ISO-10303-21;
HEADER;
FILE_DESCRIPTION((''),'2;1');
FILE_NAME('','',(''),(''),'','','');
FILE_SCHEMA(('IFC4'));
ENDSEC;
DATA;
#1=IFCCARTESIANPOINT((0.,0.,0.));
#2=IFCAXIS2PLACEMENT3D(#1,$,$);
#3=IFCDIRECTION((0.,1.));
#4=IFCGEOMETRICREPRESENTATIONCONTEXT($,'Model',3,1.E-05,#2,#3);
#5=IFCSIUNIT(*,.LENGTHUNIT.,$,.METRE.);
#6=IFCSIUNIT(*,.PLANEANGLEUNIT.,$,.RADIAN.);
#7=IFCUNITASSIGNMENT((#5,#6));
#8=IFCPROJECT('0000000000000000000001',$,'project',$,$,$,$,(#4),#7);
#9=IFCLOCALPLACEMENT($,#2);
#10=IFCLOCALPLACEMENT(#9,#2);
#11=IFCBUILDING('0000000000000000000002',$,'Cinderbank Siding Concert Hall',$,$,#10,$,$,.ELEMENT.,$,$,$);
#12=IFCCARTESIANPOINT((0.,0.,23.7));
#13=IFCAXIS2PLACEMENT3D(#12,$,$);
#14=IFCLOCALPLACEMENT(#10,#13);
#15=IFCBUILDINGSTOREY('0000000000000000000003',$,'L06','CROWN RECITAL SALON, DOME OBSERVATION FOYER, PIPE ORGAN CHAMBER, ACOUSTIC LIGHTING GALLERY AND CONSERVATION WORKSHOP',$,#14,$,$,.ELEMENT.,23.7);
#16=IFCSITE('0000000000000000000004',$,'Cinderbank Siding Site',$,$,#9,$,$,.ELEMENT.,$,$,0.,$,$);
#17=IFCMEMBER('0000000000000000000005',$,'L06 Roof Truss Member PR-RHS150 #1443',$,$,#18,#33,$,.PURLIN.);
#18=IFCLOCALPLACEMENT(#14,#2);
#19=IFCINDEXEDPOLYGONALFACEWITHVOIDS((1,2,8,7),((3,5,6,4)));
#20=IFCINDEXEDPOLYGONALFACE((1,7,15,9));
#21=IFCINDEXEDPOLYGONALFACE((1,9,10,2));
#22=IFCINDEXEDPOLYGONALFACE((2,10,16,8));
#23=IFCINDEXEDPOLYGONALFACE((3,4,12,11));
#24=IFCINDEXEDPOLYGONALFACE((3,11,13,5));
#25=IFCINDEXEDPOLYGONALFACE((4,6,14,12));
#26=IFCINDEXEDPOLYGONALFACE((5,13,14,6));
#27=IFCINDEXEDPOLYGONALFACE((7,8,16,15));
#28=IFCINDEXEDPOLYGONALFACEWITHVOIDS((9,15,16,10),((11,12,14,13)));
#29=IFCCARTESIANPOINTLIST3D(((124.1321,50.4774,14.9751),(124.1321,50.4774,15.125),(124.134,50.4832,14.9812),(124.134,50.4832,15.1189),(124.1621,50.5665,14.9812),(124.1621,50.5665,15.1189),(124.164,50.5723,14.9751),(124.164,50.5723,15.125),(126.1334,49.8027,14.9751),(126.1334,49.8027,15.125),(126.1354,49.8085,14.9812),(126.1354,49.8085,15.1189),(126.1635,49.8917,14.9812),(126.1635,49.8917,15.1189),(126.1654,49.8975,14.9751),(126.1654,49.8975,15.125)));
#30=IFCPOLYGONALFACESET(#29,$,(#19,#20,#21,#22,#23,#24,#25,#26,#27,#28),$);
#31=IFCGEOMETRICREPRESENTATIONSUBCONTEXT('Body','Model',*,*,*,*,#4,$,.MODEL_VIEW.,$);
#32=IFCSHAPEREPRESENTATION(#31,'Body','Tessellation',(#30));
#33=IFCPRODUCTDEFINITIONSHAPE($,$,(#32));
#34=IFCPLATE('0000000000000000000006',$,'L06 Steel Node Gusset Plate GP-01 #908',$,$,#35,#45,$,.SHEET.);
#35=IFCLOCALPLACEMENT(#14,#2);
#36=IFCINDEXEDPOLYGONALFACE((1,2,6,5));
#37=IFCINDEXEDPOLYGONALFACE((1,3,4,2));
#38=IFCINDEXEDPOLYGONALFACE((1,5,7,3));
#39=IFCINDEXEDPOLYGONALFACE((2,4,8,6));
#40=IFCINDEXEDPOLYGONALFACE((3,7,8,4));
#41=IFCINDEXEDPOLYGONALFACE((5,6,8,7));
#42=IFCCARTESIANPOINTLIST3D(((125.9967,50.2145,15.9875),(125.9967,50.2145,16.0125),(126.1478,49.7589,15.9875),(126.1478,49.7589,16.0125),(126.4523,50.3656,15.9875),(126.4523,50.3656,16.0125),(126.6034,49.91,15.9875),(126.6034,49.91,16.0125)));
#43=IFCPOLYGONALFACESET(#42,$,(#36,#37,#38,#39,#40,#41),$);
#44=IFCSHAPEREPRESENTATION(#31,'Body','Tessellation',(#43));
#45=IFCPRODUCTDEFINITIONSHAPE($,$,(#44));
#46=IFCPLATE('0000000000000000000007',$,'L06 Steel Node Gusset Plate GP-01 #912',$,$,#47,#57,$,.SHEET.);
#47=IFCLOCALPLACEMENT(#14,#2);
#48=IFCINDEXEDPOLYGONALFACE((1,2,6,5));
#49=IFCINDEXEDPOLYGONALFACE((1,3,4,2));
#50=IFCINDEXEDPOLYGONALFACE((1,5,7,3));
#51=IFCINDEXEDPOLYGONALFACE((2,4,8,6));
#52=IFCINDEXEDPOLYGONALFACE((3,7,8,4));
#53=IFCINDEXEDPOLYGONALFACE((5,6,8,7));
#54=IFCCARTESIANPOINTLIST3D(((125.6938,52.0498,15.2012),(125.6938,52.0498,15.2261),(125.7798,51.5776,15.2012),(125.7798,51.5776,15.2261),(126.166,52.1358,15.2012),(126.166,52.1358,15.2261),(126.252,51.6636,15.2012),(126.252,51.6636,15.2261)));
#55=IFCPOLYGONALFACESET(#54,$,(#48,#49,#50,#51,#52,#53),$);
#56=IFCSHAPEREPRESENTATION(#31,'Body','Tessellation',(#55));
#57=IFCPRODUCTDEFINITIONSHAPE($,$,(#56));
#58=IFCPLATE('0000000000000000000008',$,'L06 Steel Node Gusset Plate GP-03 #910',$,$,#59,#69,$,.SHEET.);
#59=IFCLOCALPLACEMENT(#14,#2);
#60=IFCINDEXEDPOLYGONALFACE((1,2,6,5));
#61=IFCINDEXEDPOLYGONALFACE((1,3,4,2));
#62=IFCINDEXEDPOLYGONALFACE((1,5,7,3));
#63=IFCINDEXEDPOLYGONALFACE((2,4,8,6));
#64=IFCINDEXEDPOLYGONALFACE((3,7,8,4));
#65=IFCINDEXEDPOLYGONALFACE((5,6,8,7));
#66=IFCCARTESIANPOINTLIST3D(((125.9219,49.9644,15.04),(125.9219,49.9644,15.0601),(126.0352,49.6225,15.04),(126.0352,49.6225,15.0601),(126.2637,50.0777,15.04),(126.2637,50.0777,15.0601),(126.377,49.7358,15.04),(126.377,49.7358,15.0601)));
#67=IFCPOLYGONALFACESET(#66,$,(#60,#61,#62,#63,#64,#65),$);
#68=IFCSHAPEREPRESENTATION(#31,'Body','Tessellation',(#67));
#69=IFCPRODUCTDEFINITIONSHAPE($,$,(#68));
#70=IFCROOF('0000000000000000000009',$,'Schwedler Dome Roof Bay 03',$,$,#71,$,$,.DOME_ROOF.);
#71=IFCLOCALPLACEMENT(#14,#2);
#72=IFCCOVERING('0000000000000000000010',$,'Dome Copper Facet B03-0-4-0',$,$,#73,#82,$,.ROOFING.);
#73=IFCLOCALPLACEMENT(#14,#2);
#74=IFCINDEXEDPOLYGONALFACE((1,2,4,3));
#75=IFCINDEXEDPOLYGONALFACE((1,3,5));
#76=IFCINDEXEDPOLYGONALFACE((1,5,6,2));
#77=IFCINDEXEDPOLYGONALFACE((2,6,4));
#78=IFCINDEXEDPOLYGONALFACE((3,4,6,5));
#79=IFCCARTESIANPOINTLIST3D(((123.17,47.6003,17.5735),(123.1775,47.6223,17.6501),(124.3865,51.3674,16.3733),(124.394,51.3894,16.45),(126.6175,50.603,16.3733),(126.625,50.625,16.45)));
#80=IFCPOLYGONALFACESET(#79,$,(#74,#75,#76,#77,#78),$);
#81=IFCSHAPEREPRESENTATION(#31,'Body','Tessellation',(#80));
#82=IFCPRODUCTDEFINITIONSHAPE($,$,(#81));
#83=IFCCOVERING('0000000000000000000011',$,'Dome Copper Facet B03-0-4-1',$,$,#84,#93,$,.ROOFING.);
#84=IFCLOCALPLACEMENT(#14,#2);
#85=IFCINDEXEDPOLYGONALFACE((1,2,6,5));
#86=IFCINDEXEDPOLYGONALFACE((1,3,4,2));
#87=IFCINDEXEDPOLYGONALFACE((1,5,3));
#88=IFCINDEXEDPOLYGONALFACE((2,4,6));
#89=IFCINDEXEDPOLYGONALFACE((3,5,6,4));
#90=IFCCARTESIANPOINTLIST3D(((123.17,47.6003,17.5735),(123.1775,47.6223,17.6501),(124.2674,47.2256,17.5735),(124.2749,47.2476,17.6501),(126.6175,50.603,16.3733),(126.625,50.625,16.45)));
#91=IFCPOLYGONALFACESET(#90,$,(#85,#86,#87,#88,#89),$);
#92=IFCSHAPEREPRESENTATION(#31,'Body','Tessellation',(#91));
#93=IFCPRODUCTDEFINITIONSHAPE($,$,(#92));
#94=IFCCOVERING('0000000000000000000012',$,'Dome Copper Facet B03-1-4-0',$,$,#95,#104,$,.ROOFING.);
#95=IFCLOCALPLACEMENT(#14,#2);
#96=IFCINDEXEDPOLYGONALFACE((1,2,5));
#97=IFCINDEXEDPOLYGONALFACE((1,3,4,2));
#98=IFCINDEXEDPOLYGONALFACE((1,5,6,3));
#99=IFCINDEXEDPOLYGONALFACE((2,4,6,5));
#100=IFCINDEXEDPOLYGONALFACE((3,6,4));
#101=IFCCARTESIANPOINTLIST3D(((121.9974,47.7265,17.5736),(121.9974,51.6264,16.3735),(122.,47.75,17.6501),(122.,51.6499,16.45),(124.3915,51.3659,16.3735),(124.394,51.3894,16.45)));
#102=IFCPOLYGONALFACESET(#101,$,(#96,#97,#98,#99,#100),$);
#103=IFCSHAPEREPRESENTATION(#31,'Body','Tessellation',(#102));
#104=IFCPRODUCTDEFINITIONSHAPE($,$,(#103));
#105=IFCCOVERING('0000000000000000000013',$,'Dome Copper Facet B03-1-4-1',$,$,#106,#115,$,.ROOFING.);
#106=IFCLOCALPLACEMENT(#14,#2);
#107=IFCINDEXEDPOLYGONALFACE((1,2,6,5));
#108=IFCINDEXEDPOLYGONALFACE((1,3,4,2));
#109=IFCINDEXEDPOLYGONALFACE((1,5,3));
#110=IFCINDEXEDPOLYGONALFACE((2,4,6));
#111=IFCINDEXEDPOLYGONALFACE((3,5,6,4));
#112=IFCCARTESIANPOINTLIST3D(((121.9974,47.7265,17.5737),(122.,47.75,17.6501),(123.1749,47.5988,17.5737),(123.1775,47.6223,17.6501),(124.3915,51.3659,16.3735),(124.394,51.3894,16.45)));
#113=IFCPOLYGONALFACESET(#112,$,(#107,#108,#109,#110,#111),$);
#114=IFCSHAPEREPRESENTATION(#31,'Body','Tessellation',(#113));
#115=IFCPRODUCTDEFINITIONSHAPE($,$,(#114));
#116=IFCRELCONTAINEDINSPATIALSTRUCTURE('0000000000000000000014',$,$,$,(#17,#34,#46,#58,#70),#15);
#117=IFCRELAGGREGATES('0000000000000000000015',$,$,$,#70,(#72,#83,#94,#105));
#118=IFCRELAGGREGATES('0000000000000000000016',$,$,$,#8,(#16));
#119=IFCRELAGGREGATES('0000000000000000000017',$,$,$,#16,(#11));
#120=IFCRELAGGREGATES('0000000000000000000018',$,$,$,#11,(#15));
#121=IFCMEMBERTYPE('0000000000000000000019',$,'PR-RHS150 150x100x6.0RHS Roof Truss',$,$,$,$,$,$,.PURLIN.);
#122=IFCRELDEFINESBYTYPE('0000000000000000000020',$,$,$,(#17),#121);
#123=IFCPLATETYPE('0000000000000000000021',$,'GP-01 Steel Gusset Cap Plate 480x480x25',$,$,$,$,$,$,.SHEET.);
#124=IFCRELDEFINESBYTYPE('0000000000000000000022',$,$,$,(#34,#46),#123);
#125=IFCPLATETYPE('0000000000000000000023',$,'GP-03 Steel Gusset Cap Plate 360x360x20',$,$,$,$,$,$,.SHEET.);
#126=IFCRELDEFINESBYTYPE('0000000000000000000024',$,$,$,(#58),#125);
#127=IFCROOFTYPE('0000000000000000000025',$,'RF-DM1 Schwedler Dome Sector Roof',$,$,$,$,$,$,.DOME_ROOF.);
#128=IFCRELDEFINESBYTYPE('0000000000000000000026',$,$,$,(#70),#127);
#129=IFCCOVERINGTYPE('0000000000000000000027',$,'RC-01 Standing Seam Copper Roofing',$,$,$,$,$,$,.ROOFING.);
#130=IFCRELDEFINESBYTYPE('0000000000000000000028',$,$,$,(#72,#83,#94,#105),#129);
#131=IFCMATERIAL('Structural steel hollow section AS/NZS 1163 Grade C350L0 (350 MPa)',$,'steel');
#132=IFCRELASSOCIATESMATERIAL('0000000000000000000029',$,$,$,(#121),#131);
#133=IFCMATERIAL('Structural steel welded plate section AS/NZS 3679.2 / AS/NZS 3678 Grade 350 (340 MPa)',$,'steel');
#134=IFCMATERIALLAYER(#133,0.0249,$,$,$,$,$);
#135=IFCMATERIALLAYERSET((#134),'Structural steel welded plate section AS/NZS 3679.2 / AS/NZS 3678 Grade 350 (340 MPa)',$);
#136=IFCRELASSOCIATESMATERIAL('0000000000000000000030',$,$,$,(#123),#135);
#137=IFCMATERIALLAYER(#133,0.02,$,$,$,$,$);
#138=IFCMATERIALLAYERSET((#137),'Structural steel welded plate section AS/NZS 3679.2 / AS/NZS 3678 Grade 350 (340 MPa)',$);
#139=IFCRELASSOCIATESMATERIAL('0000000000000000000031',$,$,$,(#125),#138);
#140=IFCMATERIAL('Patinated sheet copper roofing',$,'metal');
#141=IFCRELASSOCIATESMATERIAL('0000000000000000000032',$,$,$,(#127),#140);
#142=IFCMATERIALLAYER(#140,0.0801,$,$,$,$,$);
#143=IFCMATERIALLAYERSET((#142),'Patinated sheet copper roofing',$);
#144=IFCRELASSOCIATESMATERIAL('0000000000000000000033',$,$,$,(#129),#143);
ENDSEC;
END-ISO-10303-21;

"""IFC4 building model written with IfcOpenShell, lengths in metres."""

from ifc_helpers import new_model, si_unit, direction, frame, origin, origin_2d, place, context, subcontext, project, spatial, polyline, rectangle, hollow_rectangle, outline, extrude, material, layer, layer_set, material_profile, profile_set, type_object, element, aggregate, save


model = new_model("IFC4")

# Units and contexts
model_context = context("Model", 3, precision=1e-05, world=origin(), true_north=direction((0.0, 1.0)))
body_context = subcontext(model_context, "Body", "Model", "MODEL_VIEW")
ifc_project = project(units=[si_unit("LENGTHUNIT", "METRE"), si_unit("PLANEANGLEUNIT", "RADIAN")], contexts=[model_context])

# Site, building, storey
site_placement = place(None, origin())
site = spatial("IfcSite", under=ifc_project, at=site_placement, Name="Cinderbank Siding Site", CompositionType="ELEMENT", RefElevation=0.0)
building_placement = place(site_placement, origin())
building = spatial("IfcBuilding", under=site, at=building_placement, Name="Cinderbank Siding Concert Hall", CompositionType="ELEMENT")
storey_placement = place(building_placement, frame((0.0, 0.0, 23.7)))
storey = spatial("IfcBuildingStorey", under=building, at=storey_placement, Name="L06", Description="CROWN RECITAL SALON, DOME OBSERVATION FOYER, PIPE ORGAN CHAMBER, ACOUSTIC LIGHTING GALLERY AND CONSERVATION WORKSHOP", CompositionType="ELEMENT", Elevation=23.7)

# Member
ifc_material_1 = material(Name="Structural steel hollow section AS/NZS 1163 Grade C350L0 (350 MPa)", Category="steel")
ifc_material_profile_1 = material_profile(ifc_material_1, hollow_rectangle(XDim=0.1001, YDim=0.1499, WallThickness=0.0061, at=origin_2d()), Name="150x100x6.0RHS", Category="LoadBearing")
ifc_profile_set_1 = profile_set([ifc_material_profile_1], Name="Structural steel hollow section AS/NZS 1163 Grade C350L0 (350 MPa)")
member_type_1 = type_object("IfcMemberType", Name="PR-RHS150 150x100x6.0RHS Roof Truss", PredefinedType="PURLIN", material=ifc_profile_set_1)
member_1_placement = place(storey_placement, frame((126.1494, 49.8501, 15.05), z_axis=(-0.947591, 0.319485, 0.0), x_axis=(-0.319485, -0.947591, 0.0)))
element("IfcMember", 1, at=member_1_placement, inside=storey, type_object=member_type_1, Name="L06 Roof Truss Member PR-RHS150 #1443", PredefinedType="PURLIN", context=body_context, shape_type="SweptSolid", body=[
    extrude(hollow_rectangle(XDim=0.1001, YDim=0.1499, WallThickness=0.0061, at=origin_2d()), origin(), (0.0, 0.0, 1.0), 2.1121),
])

# Plates
ifc_material_2 = material(Name="Structural steel welded plate section AS/NZS 3679.2 / AS/NZS 3678 Grade 350 (340 MPa)", Category="steel")
ifc_layer_1 = layer(ifc_material_2, 0.0249)
ifc_layer_set_1 = layer_set([ifc_layer_1], Name="Structural steel welded plate section AS/NZS 3679.2 / AS/NZS 3678 Grade 350 (340 MPa)")
plate_type_1 = type_object("IfcPlateType", Name="GP-01 Steel Gusset Cap Plate 480x480x25", PredefinedType="SHEET", material=ifc_layer_set_1)
for number, where, z_axis, x_axis, name in (
    (2, (126.3, 50.0623, 15.9875), (0.0, 0.0, 1.0), (-0.949206, -0.314655, 0.0), "L06 Steel Node Gusset Plate GP-01 #908"),
    (3, (125.9729, 51.8567, 15.2012), (0.0, 0.0, 1.0), (0.179317, -0.983791, 0.0), "L06 Steel Node Gusset Plate GP-01 #912"),
):
    element("IfcPlate", number, at=place(storey_placement, frame(where, z_axis=z_axis, x_axis=x_axis)), inside=storey, type_object=plate_type_1, Name=name, PredefinedType="SHEET", context=body_context, shape_type="SweptSolid", body=[
        extrude(rectangle(XDim=0.48, YDim=0.48, at=origin_2d()), origin(), (0.0, 0.0, 1.0), 0.0249),
    ])
ifc_layer_2 = layer(ifc_material_2, 0.02)
ifc_layer_set_2 = layer_set([ifc_layer_2], Name="Structural steel welded plate section AS/NZS 3679.2 / AS/NZS 3678 Grade 350 (340 MPa)")
plate_type_2 = type_object("IfcPlateType", Name="GP-03 Steel Gusset Cap Plate 360x360x20", PredefinedType="SHEET", material=ifc_layer_set_2)
plate_placement = place(storey_placement, frame((126.1494, 49.8501, 15.04), z_axis=(0.0, 0.0, 1.0), x_axis=(-0.949206, -0.314655, 0.0)))
element("IfcPlate", 4, at=plate_placement, inside=storey, type_object=plate_type_2, Name="L06 Steel Node Gusset Plate GP-03 #910", PredefinedType="SHEET", context=body_context, shape_type="SweptSolid", body=[
    extrude(rectangle(XDim=0.3601, YDim=0.3601, at=origin_2d()), origin(), (0.0, 0.0, 1.0), 0.02),
])

# Roof, coverings
ifc_material_3 = material(Name="Patinated sheet copper roofing", Category="metal")
roof_type = type_object("IfcRoofType", Name="RF-DM1 Schwedler Dome Sector Roof", PredefinedType="DOME_ROOF", material=ifc_material_3)
roof_placement = place(storey_placement, origin())
roof = element("IfcRoof", 5, at=roof_placement, inside=storey, type_object=roof_type, Name="Schwedler Dome Roof Bay 03", PredefinedType="DOME_ROOF")
ifc_layer_3 = layer(ifc_material_3, 0.0801)
ifc_layer_set_3 = layer_set([ifc_layer_3], Name="Patinated sheet copper roofing")
covering_type = type_object("IfcCoveringType", Name="RC-01 Standing Seam Copper Roofing", PredefinedType="ROOFING", material=ifc_layer_set_3)
covering_1_placement = place(storey_placement, frame((126.625, 50.625, 16.45), z_axis=(0.094059, 0.274516, 0.956971), x_axis=(-0.94601, 0.324136, 0.0)))
covering_1 = element("IfcCovering", 6, at=covering_1_placement, type_object=covering_type, Name="Dome Copper Facet B03-0-4-0", PredefinedType="ROOFING", context=body_context, shape_type="SweptSolid", body=[
    extrude(outline(polyline([(0.0, 0.0), (2.3583, 0.0), (2.2881, 4.136), (0.0, 0.0)])), origin(), (0.0, 0.0, -1.0), 0.0801),
])
covering_2_placement = place(storey_placement, frame((126.625, 50.625, 16.45), z_axis=(0.093828, 0.274761, 0.956924), x_axis=(-0.729366, -0.635257, 0.253917)))
covering_2 = element("IfcCovering", 7, at=covering_2_placement, type_object=covering_type, Name="Dome Copper Facet B03-0-4-1", PredefinedType="ROOFING", context=body_context, shape_type="SweptSolid", body=[
    extrude(outline(polyline([(0.0, 0.0), (4.7267, 0.0), (4.1644, 1.0142), (0.0, 0.0)])), origin(), (0.0, 0.0, -1.0), 0.0801),
])
covering_3_placement = place(storey_placement, frame((124.394, 51.3894, 16.45), z_axis=(0.031989, 0.293986, 0.955274), x_axis=(-0.994132, 0.108172, 0.0)))
covering_3 = element("IfcCovering", 8, at=covering_3_placement, type_object=covering_type, Name="Dome Copper Facet B03-1-4-0", PredefinedType="ROOFING", context=body_context, shape_type="SweptSolid", body=[
    extrude(outline(polyline([(0.0, 0.0), (2.4082, 0.0), (1.9863, 4.0585), (0.0, 0.0)])), origin(), (0.0, 0.0, -1.0), 0.0801),
])
covering_4_placement = place(storey_placement, frame((124.394, 51.3894, 16.45), z_axis=(0.031886, 0.294048, 0.955259), x_axis=(-0.529827, -0.805439, 0.265616)))
covering_4 = element("IfcCovering", 9, at=covering_4_placement, type_object=covering_type, Name="Dome Copper Facet B03-1-4-1", PredefinedType="ROOFING", context=body_context, shape_type="SweptSolid", body=[
    extrude(outline(polyline([(0.0, 0.0), (4.5185, 0.0), (3.9975, 1.0636), (0.0, 0.0)])), origin(), (0.0, 0.0, -1.0), 0.0801),
])
aggregate(roof, [covering_1, covering_2, covering_3, covering_4])

save(model, "model.ifc")
